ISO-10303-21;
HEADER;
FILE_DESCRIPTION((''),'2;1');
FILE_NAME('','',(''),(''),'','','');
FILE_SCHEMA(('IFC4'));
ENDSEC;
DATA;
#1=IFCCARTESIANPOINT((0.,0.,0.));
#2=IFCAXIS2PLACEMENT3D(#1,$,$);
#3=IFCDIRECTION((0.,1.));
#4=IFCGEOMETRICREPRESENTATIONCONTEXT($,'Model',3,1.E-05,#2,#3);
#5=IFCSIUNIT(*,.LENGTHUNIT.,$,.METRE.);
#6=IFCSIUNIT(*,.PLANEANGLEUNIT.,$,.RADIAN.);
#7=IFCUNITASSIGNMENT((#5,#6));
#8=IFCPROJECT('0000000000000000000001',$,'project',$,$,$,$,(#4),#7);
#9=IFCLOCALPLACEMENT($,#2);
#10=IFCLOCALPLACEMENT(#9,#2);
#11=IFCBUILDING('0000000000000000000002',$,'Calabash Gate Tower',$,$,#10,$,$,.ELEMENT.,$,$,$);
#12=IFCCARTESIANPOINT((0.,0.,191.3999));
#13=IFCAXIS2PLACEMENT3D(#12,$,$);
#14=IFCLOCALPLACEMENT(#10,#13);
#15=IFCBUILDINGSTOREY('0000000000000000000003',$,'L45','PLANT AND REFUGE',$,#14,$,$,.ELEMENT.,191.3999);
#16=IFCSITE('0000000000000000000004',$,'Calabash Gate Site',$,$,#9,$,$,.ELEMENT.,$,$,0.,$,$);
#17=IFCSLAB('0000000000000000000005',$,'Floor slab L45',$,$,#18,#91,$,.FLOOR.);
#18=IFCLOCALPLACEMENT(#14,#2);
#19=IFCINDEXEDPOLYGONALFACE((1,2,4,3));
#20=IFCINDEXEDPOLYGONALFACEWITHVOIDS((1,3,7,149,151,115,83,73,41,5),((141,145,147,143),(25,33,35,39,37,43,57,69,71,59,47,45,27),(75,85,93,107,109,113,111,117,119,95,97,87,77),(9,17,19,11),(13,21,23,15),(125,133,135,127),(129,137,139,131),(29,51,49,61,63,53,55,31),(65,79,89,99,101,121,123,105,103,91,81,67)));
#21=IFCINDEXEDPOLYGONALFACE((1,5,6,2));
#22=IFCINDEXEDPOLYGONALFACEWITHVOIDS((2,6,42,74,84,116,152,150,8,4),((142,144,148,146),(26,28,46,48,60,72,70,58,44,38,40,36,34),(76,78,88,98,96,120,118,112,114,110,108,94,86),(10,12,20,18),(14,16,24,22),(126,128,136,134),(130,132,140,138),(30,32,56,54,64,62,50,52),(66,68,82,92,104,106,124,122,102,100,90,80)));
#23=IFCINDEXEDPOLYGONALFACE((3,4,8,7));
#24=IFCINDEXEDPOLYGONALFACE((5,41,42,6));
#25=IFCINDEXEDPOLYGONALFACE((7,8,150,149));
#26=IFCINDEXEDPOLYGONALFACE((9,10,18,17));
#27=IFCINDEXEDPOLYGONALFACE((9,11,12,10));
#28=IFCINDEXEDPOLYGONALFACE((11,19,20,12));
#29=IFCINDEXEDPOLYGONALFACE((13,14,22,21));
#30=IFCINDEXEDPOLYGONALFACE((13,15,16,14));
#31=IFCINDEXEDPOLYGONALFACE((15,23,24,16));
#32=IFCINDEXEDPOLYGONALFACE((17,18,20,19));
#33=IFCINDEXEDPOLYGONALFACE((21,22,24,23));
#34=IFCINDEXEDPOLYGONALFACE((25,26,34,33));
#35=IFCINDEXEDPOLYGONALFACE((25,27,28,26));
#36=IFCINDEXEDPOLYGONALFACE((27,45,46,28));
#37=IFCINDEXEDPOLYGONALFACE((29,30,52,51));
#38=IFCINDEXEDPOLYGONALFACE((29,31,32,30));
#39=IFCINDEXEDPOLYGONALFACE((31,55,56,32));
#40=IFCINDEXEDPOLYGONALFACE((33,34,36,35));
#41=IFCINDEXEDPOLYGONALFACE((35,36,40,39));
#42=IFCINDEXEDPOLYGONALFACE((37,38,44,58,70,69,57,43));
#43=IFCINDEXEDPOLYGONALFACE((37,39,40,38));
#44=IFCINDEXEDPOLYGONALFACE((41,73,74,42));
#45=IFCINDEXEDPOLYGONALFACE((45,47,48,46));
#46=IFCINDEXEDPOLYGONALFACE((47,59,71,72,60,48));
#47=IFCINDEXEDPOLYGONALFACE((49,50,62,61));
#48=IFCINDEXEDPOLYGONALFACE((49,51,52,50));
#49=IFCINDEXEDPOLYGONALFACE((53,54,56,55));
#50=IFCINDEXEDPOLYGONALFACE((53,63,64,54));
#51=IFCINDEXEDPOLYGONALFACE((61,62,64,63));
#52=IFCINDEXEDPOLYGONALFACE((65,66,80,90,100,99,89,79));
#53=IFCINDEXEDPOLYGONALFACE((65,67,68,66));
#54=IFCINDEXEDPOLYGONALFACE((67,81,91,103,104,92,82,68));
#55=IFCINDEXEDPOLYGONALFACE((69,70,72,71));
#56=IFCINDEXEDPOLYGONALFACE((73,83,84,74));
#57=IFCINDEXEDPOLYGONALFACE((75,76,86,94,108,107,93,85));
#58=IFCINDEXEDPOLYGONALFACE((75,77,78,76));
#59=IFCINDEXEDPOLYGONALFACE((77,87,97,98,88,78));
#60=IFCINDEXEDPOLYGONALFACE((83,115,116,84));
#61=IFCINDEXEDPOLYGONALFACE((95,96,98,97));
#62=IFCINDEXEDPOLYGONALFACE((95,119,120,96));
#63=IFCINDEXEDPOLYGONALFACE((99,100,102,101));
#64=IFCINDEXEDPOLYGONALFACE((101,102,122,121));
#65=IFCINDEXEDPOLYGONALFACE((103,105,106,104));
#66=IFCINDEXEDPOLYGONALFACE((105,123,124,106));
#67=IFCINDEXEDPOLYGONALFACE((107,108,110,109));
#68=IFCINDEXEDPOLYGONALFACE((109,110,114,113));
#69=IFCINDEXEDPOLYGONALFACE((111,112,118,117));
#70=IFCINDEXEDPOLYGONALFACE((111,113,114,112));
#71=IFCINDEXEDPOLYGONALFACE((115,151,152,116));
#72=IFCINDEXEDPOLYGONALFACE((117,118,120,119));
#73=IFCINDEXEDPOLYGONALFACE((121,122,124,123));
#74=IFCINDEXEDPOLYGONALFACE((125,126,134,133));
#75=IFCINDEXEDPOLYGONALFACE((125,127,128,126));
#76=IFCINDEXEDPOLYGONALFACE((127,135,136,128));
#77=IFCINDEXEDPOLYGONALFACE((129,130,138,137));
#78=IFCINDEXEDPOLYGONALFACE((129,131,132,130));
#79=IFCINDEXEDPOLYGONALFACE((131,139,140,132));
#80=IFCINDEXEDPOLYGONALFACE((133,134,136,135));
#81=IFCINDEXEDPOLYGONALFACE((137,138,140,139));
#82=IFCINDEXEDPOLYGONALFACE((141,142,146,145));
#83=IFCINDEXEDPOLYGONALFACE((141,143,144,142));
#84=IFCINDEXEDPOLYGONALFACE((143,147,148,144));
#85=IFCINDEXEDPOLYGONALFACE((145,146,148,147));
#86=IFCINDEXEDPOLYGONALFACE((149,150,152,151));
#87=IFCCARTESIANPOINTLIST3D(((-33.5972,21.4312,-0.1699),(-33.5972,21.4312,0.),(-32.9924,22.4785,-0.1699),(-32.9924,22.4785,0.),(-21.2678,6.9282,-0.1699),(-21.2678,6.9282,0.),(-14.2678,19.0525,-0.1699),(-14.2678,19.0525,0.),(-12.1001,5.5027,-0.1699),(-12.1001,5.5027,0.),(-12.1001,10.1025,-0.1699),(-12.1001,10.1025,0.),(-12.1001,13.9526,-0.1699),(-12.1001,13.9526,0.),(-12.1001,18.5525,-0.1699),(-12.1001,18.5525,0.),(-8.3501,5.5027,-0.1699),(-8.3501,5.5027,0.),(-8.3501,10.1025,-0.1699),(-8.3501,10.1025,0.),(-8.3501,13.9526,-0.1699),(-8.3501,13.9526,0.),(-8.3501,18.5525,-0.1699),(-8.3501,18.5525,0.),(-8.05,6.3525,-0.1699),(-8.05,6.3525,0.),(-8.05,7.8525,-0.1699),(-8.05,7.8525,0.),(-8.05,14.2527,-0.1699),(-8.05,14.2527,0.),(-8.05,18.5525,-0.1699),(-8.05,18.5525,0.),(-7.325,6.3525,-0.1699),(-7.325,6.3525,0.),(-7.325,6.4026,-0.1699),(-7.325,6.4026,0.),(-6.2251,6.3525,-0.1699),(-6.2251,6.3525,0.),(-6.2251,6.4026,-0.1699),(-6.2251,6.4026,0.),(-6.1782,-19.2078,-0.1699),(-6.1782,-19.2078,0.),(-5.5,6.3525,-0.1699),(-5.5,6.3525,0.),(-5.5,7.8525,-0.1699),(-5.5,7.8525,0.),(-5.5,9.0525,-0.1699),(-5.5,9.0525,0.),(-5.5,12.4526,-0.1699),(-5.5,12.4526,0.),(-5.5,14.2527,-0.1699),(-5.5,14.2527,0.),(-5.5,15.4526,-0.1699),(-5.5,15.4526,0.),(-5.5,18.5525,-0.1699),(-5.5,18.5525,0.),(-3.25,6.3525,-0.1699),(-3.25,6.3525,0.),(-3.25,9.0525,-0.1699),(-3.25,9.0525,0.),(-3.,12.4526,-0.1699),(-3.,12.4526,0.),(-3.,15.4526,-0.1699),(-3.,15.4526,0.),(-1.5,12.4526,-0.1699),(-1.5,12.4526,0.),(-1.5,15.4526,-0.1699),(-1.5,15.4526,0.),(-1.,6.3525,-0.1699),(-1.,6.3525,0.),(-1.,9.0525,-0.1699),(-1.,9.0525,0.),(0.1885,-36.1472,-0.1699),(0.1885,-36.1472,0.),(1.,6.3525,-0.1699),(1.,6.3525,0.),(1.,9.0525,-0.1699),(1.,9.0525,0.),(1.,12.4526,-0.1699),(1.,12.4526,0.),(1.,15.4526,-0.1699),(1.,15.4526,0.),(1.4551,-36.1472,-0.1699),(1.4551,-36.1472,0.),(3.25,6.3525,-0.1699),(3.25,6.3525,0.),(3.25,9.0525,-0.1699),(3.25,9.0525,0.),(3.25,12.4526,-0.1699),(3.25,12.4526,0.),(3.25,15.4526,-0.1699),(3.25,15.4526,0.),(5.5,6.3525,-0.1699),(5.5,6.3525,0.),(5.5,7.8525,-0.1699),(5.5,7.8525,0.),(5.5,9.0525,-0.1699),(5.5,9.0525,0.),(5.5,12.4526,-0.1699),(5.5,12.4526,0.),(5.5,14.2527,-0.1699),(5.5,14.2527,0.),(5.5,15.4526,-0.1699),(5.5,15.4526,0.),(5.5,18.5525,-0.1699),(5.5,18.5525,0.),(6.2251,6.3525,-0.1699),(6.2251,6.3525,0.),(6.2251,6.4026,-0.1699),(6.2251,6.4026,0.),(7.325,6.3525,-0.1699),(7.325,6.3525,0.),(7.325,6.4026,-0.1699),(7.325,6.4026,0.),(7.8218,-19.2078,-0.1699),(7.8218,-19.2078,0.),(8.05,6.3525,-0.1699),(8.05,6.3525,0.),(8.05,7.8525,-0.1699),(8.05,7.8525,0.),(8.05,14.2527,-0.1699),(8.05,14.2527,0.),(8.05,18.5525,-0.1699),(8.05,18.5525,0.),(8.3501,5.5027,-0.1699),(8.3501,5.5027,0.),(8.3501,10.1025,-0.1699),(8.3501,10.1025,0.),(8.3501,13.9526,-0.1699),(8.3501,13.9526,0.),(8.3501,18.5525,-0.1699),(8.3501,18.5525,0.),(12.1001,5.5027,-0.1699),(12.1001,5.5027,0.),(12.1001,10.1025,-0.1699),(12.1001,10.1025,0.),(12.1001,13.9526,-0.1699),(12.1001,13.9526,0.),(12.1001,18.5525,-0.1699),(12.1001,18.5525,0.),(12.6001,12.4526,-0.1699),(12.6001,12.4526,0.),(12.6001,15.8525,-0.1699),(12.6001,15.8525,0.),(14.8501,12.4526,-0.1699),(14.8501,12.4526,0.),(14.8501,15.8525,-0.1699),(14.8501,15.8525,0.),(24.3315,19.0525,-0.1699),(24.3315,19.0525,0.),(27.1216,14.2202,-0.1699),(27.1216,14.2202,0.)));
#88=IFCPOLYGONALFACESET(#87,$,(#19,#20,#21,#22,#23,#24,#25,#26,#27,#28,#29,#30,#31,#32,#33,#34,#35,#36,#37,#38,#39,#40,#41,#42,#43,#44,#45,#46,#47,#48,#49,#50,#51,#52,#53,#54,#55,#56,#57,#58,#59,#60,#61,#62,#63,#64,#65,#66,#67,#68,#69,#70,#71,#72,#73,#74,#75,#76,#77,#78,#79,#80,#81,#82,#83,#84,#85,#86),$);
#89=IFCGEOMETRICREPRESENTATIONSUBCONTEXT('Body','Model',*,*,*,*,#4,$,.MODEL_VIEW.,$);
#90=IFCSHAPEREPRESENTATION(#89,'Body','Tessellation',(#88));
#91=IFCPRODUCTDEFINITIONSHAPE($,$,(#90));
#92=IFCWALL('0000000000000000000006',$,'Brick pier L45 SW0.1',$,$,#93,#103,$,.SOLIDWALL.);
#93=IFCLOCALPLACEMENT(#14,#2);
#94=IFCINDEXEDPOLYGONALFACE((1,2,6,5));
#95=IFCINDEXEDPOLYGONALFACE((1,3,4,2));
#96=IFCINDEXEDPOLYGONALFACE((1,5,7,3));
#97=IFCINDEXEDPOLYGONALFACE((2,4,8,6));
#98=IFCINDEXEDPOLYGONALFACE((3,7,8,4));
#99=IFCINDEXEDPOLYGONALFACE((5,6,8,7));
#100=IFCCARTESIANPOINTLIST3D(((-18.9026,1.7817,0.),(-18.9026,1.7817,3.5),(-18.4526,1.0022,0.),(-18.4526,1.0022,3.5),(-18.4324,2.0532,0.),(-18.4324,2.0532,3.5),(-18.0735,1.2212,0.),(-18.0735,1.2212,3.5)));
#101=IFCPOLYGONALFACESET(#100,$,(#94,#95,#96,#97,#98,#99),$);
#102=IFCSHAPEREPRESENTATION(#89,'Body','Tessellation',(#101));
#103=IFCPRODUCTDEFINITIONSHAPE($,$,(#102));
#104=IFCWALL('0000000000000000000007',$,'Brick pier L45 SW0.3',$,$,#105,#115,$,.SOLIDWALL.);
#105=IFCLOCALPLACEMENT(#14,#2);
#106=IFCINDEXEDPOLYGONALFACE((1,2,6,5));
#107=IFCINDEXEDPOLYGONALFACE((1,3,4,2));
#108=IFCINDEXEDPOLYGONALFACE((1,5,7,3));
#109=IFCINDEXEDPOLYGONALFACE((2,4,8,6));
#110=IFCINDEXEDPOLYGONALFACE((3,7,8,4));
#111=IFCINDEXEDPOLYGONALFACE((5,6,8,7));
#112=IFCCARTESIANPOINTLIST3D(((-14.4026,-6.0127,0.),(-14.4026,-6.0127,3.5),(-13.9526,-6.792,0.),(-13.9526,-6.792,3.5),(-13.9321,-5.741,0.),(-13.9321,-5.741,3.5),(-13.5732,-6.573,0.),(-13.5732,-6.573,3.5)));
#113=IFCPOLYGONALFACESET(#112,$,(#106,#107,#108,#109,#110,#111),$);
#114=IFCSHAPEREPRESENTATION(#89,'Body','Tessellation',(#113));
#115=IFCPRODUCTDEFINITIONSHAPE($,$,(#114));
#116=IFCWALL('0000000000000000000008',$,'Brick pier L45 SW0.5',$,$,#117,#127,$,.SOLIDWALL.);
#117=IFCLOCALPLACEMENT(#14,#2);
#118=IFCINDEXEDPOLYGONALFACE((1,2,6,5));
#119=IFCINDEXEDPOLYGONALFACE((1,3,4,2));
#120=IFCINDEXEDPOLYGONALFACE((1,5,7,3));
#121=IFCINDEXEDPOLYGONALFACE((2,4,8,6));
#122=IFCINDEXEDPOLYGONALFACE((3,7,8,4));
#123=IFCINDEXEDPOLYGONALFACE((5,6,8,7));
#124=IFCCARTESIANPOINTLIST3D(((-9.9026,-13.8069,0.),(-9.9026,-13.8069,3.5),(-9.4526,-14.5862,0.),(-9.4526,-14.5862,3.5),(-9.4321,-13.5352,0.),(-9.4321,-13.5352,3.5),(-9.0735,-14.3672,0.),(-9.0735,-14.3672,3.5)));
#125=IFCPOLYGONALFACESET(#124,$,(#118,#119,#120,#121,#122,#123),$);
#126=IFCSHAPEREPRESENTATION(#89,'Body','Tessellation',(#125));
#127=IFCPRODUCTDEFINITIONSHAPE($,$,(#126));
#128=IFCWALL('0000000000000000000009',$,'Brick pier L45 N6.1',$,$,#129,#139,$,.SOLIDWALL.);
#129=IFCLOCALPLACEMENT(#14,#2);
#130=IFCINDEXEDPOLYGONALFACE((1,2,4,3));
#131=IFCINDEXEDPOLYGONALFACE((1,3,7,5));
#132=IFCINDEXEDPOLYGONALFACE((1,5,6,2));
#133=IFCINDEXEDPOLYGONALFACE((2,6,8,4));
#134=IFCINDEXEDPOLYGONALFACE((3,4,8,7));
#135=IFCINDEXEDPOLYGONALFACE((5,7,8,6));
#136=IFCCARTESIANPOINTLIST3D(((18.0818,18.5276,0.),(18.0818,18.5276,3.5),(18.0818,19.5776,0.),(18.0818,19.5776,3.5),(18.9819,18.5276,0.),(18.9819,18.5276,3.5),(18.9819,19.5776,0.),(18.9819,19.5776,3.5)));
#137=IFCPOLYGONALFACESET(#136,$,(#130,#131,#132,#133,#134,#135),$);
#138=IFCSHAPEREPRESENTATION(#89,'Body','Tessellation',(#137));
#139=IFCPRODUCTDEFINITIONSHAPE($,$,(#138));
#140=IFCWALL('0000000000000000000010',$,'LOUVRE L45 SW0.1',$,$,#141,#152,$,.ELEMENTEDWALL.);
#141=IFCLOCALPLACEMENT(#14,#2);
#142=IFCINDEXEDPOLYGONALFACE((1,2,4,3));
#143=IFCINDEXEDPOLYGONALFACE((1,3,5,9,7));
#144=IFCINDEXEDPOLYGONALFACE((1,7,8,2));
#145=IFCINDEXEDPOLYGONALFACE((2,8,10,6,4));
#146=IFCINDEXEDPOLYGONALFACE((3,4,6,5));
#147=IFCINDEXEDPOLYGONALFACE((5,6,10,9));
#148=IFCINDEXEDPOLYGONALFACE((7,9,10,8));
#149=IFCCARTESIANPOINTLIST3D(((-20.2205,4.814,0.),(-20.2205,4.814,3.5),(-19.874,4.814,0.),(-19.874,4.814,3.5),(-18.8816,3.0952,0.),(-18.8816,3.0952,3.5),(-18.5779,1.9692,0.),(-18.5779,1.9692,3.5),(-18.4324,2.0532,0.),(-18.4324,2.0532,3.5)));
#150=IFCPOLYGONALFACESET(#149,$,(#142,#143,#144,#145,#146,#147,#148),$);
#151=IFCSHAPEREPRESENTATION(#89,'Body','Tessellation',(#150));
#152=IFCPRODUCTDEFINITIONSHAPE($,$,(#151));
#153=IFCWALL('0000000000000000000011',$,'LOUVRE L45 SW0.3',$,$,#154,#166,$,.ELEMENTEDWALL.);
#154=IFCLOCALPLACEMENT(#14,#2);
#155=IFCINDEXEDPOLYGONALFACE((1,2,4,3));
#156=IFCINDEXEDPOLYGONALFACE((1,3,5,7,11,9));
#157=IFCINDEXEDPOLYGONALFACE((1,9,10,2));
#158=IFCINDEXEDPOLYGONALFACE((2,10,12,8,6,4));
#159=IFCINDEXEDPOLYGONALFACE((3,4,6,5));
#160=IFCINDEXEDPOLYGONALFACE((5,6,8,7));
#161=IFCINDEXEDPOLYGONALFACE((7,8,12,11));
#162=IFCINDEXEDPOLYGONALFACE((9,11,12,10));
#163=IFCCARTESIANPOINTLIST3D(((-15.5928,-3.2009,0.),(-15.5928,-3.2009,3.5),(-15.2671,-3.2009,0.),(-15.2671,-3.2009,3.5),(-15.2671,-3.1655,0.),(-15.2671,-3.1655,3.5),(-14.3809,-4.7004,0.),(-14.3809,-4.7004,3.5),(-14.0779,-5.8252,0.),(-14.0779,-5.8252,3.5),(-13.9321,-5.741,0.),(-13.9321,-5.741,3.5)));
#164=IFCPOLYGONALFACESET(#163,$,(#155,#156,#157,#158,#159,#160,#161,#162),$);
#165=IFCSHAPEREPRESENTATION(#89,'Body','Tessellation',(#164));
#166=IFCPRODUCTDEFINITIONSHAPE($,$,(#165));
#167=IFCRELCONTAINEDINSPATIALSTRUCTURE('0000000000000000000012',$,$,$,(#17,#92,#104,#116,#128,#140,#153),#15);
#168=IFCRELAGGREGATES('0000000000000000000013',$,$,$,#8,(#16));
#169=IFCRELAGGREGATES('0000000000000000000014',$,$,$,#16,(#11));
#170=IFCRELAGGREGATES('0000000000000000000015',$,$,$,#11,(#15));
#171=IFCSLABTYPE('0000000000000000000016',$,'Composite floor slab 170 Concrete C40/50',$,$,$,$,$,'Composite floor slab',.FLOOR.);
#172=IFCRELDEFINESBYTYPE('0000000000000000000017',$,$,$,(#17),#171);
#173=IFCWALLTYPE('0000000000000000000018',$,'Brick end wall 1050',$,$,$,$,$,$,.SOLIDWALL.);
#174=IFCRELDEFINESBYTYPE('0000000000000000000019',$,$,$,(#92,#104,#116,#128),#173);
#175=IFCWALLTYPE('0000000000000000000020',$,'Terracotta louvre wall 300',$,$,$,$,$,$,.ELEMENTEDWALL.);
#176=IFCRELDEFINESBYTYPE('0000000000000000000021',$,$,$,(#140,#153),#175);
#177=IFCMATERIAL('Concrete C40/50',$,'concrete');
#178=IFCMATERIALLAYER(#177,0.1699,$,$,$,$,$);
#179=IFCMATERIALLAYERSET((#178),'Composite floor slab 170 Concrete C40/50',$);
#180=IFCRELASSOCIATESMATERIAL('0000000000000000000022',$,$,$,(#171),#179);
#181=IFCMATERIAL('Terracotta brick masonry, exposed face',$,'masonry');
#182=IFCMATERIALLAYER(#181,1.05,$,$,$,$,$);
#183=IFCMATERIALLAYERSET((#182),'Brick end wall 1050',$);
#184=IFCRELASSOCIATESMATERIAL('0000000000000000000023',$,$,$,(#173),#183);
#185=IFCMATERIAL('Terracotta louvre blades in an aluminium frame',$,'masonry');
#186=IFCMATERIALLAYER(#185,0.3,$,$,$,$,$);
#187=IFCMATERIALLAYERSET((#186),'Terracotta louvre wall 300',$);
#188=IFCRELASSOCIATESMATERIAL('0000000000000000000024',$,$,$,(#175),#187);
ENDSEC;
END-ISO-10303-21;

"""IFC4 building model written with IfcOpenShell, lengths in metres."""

from ifc_helpers import new_model, si_unit, direction, frame, origin, place, context, subcontext, project, spatial, polyline, outline, extrude, material, layer, layer_set, type_object, element, save


model = new_model("IFC4")

# Units and contexts
model_context = context("Model", 3, precision=1e-05, world=origin(), true_north=direction((0.0, 1.0)))
body_context = subcontext(model_context, "Body", "Model", "MODEL_VIEW")
ifc_project = project(units=[si_unit("LENGTHUNIT", "METRE"), si_unit("PLANEANGLEUNIT", "RADIAN")], contexts=[model_context])

# Site, building, storey
site_placement = place(None, origin())
site = spatial("IfcSite", under=ifc_project, at=site_placement, Name="Calabash Gate Site", CompositionType="ELEMENT", RefElevation=0.0)
building_placement = place(site_placement, origin())
building = spatial("IfcBuilding", under=site, at=building_placement, Name="Calabash Gate Tower", CompositionType="ELEMENT")
storey_placement = place(building_placement, frame((0.0, 0.0, 191.3999)))
storey = spatial("IfcBuildingStorey", under=building, at=storey_placement, Name="L45", Description="PLANT AND REFUGE", CompositionType="ELEMENT", Elevation=191.3999)

# Slab
ifc_material_1 = material(Name="Concrete C40/50", Category="concrete")
ifc_layer_1 = layer(ifc_material_1, 0.1699)
ifc_layer_set_1 = layer_set([ifc_layer_1], Name="Composite floor slab 170 Concrete C40/50")
slab_type = type_object("IfcSlabType", Name="Composite floor slab 170 Concrete C40/50", ElementType="Composite floor slab", PredefinedType="FLOOR", material=ifc_layer_set_1)
slab_placement = place(storey_placement, frame((0.0, 0.0, -0.1699)))
element("IfcSlab", 1, at=slab_placement, inside=storey, type_object=slab_type, Name="Floor slab L45", PredefinedType="FLOOR", context=body_context, shape_type="SweptSolid", body=[
    extrude(outline(polyline([(7.8218, -19.2078), (1.4551, -36.1472), (0.1885, -36.1472), (-6.1782, -19.2078), (-21.2678, 6.9282), (-33.5972, 21.4312), (-32.9924, 22.4785), (-14.2678, 19.0525), (24.3315, 19.0525), (27.1216, 14.2202), (7.8218, -19.2078)]), holes=[polyline([(-3.25, 9.0525), (-5.5, 9.0525), (-5.5, 7.8525), (-8.05, 7.8525), (-8.05, 6.3525), (-7.325, 6.3525), (-7.325, 6.4026), (-6.2251, 6.4026), (-6.2251, 6.3525), (-5.5, 6.3525), (-3.25, 6.3525), (-1.0, 6.3525), (-1.0, 9.0525), (-3.25, 9.0525)]), polyline([(5.5, 6.3525), (6.2251, 6.3525), (6.2251, 6.4026), (7.325, 6.4026), (7.325, 6.3525), (8.05, 6.3525), (8.05, 7.8525), (5.5, 7.8525), (5.5, 9.0525), (3.25, 9.0525), (1.0, 9.0525), (1.0, 6.3525), (3.25, 6.3525), (5.5, 6.3525)]), polyline([(-5.5, 12.4526), (-3.0, 12.4526), (-3.0, 15.4526), (-5.5, 15.4526), (-5.5, 18.5525), (-8.05, 18.5525), (-8.05, 14.2527), (-5.5, 14.2527), (-5.5, 12.4526)]), polyline([(-1.5, 15.4526), (-1.5, 12.4526), (1.0, 12.4526), (3.25, 12.4526), (5.5, 12.4526), (5.5, 14.2527), (8.05, 14.2527), (8.05, 18.5525), (5.5, 18.5525), (5.5, 15.4526), (3.25, 15.4526), (1.0, 15.4526), (-1.5, 15.4526)]), polyline([(14.8501, 15.8525), (12.6001, 15.8525), (12.6001, 12.4526), (14.8501, 12.4526), (14.8501, 15.8525)]), polyline([(-8.3501, 18.5525), (-12.1001, 18.5525), (-12.1001, 13.9526), (-8.3501, 13.9526), (-8.3501, 18.5525)]), polyline([(-12.1001, 10.1025), (-12.1001, 5.5027), (-8.3501, 5.5027), (-8.3501, 10.1025), (-12.1001, 10.1025)]), polyline([(8.3501, 13.9526), (12.1001, 13.9526), (12.1001, 18.5525), (8.3501, 18.5525), (8.3501, 13.9526)]), polyline([(12.1001, 5.5027), (12.1001, 10.1025), (8.3501, 10.1025), (8.3501, 5.5027), (12.1001, 5.5027)])]), origin(), (0.0, 0.0, 1.0), 0.1699),
])

# Walls
ifc_material_2 = material(Name="Terracotta brick masonry, exposed face", Category="masonry")
ifc_layer_2 = layer(ifc_material_2, 1.05)
ifc_layer_set_2 = layer_set([ifc_layer_2], Name="Brick end wall 1050")
wall_type_1 = type_object("IfcWallType", Name="Brick end wall 1050", PredefinedType="SOLIDWALL", material=ifc_layer_set_2)
wall_1_placement = place(storey_placement, origin())
element("IfcWall", 2, at=wall_1_placement, inside=storey, type_object=wall_type_1, Name="Brick pier L45 SW0.1", PredefinedType="SOLIDWALL", context=body_context, shape_type="SweptSolid", body=[
    extrude(outline(polyline([(-18.9026, 1.7817), (-18.4526, 1.0022), (-18.0735, 1.2212), (-18.4324, 2.0532), (-18.9026, 1.7817)])), origin(), (0.0, 0.0, 1.0), 3.5),
])
wall_2_placement = place(storey_placement, origin())
element("IfcWall", 3, at=wall_2_placement, inside=storey, type_object=wall_type_1, Name="Brick pier L45 SW0.3", PredefinedType="SOLIDWALL", context=body_context, shape_type="SweptSolid", body=[
    extrude(outline(polyline([(-14.4026, -6.0127), (-13.9526, -6.792), (-13.5732, -6.573), (-13.9321, -5.741), (-14.4026, -6.0127)])), origin(), (0.0, 0.0, 1.0), 3.5),
])
wall_3_placement = place(storey_placement, origin())
element("IfcWall", 4, at=wall_3_placement, inside=storey, type_object=wall_type_1, Name="Brick pier L45 SW0.5", PredefinedType="SOLIDWALL", context=body_context, shape_type="SweptSolid", body=[
    extrude(outline(polyline([(-9.9026, -13.8069), (-9.4526, -14.5862), (-9.0735, -14.3672), (-9.4321, -13.5352), (-9.9026, -13.8069)])), origin(), (0.0, 0.0, 1.0), 3.5),
])
wall_4_placement = place(storey_placement, origin())
element("IfcWall", 5, at=wall_4_placement, inside=storey, type_object=wall_type_1, Name="Brick pier L45 N6.1", PredefinedType="SOLIDWALL", context=body_context, shape_type="SweptSolid", body=[
    extrude(outline(polyline([(18.0818, 18.5276), (18.9819, 18.5276), (18.9819, 19.5776), (18.0818, 19.5776), (18.0818, 18.5276)])), origin(), (0.0, 0.0, 1.0), 3.5),
])
ifc_material_3 = material(Name="Terracotta louvre blades in an aluminium frame", Category="masonry")
ifc_layer_3 = layer(ifc_material_3, 0.3)
ifc_layer_set_3 = layer_set([ifc_layer_3], Name="Terracotta louvre wall 300")
wall_type_2 = type_object("IfcWallType", Name="Terracotta louvre wall 300", PredefinedType="ELEMENTEDWALL", material=ifc_layer_set_3)
wall_5_placement = place(storey_placement, origin())
element("IfcWall", 6, at=wall_5_placement, inside=storey, type_object=wall_type_2, Name="LOUVRE L45 SW0.1", PredefinedType="ELEMENTEDWALL", context=body_context, shape_type="SweptSolid", body=[
    extrude(outline(polyline([(-18.5779, 1.9692), (-18.4324, 2.0532), (-18.8816, 3.0952), (-19.874, 4.814), (-20.2205, 4.814), (-18.5779, 1.9692)])), origin(), (0.0, 0.0, 1.0), 3.5),
])
wall_6_placement = place(storey_placement, origin())
element("IfcWall", 7, at=wall_6_placement, inside=storey, type_object=wall_type_2, Name="LOUVRE L45 SW0.3", PredefinedType="ELEMENTEDWALL", context=body_context, shape_type="SweptSolid", body=[
    extrude(outline(polyline([(-14.0779, -5.8252), (-13.9321, -5.741), (-14.3809, -4.7004), (-15.2671, -3.1655), (-15.2671, -3.2009), (-15.5928, -3.2009), (-14.0779, -5.8252)])), origin(), (0.0, 0.0, 1.0), 3.5),
])

save(model, "model.ifc")
